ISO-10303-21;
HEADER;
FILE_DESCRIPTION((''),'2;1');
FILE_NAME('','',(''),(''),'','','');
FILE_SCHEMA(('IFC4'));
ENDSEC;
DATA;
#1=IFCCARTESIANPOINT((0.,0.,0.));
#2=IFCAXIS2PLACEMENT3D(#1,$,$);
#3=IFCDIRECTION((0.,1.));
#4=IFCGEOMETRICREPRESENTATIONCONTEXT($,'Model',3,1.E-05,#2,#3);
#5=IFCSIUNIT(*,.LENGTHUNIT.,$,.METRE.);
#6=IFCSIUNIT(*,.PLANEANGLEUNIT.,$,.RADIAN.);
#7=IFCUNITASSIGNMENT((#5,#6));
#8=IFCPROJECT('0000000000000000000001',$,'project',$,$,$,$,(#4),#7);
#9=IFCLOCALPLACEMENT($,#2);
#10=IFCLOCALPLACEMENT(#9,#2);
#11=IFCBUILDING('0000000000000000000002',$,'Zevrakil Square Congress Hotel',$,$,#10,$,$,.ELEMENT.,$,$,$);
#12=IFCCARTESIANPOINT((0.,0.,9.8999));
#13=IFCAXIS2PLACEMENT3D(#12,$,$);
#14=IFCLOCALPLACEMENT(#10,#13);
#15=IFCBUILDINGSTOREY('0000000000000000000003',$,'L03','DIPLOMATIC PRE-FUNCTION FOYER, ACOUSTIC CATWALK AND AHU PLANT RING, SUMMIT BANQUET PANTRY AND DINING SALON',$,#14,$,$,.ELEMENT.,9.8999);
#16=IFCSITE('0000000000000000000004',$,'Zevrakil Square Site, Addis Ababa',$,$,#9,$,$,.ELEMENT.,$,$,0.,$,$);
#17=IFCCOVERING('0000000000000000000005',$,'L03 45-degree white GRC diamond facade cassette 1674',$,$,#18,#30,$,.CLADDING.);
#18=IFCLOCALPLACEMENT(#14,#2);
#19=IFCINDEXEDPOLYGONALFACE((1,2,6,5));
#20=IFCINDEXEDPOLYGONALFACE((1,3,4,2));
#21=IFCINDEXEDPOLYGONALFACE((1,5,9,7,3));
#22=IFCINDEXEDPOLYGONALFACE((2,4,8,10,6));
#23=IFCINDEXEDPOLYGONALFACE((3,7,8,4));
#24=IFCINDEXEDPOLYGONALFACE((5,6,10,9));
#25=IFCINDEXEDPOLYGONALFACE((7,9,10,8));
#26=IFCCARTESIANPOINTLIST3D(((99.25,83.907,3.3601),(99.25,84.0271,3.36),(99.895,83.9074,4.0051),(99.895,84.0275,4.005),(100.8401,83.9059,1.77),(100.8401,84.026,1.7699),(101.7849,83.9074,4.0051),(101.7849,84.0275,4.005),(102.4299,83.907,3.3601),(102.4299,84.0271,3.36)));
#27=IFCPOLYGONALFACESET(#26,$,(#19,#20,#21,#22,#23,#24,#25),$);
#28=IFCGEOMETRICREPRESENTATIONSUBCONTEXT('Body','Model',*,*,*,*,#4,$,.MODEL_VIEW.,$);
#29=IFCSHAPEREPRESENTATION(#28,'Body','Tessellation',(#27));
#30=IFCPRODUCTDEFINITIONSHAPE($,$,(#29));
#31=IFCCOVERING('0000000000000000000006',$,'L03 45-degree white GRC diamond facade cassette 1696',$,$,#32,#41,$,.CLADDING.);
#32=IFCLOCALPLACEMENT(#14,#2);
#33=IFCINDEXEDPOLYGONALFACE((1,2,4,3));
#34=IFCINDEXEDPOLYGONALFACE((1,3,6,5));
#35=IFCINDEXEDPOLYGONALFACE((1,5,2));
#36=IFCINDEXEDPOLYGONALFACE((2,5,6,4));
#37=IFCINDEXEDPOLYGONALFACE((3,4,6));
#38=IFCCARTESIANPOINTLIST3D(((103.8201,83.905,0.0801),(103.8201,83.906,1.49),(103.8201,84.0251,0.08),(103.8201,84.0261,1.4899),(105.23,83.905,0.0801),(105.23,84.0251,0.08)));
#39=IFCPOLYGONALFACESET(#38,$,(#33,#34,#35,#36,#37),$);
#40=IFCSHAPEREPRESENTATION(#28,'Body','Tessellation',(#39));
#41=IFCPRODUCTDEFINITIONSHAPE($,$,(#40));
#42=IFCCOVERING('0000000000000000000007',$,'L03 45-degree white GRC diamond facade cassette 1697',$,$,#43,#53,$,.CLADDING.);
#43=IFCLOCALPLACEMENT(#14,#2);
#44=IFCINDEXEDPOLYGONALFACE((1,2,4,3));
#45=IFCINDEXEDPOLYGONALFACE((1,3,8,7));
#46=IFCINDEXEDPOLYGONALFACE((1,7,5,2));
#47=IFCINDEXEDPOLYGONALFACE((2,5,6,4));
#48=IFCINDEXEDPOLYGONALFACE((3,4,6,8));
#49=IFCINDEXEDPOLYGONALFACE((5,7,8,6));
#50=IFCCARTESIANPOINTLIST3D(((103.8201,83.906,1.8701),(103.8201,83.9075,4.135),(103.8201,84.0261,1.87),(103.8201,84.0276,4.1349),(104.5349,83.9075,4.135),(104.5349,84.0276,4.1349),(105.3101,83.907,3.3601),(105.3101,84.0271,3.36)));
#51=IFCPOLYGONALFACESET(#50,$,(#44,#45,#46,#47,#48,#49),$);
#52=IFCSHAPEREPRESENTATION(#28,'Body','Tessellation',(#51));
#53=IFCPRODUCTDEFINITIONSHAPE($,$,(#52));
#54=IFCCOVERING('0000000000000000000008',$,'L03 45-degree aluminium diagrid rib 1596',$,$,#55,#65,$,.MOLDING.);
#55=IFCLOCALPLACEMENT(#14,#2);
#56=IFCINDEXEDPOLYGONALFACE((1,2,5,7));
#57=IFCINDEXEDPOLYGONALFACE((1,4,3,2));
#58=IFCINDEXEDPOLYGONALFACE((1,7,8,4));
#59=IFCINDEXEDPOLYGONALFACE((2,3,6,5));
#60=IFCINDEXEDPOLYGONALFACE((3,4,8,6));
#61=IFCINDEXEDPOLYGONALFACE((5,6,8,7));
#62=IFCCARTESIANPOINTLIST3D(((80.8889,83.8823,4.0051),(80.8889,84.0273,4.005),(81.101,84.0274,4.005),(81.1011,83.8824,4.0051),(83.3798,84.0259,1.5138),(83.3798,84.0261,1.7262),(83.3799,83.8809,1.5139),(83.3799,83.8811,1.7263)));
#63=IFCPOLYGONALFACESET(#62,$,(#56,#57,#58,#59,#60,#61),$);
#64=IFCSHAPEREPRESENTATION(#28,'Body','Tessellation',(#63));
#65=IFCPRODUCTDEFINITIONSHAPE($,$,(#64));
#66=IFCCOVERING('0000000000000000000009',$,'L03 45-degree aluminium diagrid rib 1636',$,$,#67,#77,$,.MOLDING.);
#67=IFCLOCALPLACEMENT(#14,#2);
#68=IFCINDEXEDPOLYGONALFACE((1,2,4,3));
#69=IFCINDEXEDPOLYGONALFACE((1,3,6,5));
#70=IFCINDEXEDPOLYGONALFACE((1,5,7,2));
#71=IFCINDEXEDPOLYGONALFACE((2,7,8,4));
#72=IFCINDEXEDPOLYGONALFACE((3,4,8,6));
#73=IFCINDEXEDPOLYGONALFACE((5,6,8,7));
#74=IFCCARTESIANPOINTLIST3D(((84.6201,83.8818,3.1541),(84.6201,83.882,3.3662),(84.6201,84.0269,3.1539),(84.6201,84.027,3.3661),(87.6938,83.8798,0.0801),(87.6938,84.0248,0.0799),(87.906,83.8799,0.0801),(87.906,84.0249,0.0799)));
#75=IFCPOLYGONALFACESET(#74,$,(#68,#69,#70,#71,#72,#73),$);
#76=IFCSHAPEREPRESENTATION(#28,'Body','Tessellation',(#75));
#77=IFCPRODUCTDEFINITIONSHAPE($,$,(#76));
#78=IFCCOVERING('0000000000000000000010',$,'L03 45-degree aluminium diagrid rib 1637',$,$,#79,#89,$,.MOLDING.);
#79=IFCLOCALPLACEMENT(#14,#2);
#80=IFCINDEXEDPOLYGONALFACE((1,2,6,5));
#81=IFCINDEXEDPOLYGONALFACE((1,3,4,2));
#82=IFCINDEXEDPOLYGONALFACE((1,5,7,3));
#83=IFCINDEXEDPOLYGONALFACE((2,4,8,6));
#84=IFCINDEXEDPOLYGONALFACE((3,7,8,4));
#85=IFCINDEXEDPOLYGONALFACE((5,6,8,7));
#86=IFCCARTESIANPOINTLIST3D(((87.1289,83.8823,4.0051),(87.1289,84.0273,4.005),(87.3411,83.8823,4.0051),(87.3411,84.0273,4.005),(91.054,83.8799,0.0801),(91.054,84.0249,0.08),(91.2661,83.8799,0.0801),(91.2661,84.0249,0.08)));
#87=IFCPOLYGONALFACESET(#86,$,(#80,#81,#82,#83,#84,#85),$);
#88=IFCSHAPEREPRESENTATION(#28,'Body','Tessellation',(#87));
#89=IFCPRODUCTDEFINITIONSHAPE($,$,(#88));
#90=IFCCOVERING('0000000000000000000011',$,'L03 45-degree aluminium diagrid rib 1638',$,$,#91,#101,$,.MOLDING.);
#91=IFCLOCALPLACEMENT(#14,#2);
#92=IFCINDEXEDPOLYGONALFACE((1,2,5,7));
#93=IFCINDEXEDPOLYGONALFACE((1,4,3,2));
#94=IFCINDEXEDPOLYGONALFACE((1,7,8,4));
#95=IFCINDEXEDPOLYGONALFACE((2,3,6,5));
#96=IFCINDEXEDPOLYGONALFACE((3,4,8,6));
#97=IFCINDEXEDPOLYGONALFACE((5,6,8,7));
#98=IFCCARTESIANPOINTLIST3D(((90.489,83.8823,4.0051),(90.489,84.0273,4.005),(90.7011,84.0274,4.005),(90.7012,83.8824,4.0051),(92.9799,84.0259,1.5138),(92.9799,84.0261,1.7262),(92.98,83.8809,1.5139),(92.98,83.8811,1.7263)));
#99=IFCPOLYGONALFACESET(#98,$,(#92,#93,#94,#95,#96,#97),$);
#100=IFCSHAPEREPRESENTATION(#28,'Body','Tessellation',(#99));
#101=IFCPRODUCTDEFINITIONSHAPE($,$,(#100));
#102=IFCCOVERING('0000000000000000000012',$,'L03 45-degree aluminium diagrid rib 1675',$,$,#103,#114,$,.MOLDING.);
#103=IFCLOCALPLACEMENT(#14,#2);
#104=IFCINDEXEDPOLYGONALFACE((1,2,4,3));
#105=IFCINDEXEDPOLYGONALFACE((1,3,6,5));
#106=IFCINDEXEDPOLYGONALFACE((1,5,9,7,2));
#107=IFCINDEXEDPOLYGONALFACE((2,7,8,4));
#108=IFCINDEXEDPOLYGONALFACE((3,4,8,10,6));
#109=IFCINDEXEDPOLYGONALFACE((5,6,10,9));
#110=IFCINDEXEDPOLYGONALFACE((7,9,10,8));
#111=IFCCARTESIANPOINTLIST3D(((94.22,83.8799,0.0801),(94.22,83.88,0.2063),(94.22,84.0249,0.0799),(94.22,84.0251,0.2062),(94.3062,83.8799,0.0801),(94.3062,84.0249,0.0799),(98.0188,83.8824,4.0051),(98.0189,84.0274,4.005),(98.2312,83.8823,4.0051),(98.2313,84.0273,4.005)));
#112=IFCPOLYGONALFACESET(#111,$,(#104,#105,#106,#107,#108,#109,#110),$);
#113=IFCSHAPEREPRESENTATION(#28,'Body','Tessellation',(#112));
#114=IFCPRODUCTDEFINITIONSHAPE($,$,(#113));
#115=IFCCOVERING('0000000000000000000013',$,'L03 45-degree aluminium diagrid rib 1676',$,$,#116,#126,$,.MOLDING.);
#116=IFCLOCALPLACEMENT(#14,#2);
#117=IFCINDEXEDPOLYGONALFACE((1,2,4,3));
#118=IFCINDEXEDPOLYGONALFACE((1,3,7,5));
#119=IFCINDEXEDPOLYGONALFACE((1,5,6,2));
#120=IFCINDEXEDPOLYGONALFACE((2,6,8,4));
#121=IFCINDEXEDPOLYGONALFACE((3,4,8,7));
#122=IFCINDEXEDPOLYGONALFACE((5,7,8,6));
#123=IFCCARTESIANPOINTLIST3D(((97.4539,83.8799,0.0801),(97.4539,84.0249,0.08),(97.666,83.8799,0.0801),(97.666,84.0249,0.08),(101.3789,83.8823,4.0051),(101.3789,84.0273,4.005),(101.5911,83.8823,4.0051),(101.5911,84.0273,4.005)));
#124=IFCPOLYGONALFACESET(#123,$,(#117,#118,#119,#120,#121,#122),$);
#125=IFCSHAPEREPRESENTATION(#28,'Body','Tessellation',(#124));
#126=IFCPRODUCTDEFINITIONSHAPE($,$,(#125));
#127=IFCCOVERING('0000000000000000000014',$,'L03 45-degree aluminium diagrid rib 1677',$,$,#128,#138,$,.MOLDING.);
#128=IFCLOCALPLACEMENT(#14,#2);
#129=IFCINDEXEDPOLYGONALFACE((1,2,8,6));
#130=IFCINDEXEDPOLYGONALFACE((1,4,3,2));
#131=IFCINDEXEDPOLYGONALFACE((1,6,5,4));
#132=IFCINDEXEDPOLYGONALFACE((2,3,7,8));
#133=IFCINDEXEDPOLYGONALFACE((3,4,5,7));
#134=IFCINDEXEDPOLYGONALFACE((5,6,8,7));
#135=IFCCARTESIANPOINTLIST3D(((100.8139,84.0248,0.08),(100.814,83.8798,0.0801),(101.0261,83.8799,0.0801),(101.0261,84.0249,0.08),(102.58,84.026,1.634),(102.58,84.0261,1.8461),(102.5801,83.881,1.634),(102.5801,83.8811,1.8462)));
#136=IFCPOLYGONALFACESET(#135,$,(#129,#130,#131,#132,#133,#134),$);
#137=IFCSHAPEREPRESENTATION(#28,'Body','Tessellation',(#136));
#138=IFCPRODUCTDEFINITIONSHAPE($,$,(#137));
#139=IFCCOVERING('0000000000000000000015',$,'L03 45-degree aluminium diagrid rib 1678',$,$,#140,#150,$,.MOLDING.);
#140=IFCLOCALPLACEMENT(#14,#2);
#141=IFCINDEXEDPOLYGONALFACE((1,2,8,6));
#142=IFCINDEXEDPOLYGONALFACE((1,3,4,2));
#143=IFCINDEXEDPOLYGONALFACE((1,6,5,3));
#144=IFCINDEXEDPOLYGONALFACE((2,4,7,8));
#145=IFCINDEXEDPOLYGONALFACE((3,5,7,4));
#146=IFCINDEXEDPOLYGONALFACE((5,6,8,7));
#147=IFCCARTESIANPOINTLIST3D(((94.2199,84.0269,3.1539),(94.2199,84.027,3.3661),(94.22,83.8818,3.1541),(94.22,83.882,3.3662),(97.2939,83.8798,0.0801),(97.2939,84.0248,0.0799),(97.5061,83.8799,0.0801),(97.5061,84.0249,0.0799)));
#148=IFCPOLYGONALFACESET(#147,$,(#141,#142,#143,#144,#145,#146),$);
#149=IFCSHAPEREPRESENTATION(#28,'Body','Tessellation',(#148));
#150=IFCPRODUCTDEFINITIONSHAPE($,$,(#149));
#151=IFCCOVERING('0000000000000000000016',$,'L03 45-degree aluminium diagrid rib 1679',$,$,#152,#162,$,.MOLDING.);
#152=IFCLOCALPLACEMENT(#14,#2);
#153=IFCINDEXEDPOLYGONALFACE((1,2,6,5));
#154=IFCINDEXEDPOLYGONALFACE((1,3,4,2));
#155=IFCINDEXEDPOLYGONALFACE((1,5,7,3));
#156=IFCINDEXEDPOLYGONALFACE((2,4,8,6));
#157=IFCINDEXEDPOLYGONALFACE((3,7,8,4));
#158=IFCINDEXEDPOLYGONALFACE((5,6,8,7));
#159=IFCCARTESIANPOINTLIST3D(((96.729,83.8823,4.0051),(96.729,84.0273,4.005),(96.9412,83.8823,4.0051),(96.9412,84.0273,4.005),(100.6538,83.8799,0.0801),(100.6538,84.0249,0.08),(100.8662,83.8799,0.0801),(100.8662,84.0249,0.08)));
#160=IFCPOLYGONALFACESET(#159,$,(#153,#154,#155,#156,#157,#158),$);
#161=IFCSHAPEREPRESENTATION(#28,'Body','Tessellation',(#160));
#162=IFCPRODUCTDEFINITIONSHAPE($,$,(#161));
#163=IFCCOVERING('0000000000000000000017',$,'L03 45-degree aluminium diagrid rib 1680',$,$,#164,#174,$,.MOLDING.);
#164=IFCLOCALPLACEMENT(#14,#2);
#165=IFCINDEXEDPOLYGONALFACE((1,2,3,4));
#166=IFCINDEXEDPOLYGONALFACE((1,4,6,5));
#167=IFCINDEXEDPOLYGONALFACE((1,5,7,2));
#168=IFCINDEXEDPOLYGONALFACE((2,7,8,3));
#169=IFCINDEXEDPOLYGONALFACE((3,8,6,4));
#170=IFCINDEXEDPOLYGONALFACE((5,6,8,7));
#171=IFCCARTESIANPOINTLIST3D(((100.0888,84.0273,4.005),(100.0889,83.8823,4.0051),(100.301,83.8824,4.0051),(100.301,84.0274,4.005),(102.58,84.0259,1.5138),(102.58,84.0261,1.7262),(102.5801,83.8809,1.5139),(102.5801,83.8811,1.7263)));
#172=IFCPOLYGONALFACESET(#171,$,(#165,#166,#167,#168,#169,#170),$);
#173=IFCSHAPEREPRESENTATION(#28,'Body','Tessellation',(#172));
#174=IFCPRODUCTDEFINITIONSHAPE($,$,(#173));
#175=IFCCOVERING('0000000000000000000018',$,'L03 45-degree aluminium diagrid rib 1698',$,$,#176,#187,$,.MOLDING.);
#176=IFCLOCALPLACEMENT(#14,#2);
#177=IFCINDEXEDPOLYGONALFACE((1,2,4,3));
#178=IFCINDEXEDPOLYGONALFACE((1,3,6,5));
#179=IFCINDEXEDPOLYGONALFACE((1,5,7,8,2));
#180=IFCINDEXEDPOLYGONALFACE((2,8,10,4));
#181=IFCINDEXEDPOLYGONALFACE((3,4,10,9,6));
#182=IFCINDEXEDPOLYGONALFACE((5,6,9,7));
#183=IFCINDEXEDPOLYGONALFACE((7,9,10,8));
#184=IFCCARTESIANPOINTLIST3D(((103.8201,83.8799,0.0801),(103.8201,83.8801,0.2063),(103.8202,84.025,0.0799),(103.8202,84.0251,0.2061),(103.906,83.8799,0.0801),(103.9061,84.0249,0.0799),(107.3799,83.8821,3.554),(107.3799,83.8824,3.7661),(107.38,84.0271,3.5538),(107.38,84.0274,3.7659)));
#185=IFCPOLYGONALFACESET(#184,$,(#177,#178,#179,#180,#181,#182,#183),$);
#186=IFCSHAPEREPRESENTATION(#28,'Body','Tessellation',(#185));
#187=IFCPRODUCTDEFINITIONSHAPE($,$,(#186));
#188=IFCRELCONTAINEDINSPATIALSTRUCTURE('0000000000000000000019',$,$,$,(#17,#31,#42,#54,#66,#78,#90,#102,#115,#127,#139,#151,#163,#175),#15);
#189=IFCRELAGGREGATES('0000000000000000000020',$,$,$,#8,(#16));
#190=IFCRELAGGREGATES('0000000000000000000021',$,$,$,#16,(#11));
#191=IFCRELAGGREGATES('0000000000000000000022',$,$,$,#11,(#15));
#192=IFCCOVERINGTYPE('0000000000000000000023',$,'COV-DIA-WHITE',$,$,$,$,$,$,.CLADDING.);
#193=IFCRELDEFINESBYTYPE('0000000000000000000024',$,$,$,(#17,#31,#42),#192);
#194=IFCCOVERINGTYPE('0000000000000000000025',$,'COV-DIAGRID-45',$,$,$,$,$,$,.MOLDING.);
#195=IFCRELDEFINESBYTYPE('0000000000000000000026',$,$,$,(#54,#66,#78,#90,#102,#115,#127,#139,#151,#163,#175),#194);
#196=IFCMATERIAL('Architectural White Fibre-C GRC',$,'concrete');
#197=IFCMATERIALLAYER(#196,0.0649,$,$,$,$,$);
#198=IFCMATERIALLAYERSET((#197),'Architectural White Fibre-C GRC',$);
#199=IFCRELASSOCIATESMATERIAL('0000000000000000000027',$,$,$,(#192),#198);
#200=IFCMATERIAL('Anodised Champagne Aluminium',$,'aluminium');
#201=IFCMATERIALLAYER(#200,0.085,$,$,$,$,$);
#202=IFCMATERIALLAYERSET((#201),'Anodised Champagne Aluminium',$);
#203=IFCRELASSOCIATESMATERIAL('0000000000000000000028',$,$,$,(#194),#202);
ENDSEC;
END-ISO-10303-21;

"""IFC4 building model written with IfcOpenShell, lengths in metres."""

from ifc_helpers import new_model, si_unit, direction, frame, origin, place, context, subcontext, project, spatial, polyline, outline, extrude, material, layer, layer_set, type_object, element, save


model = new_model("IFC4")

# Units and contexts
model_context = context("Model", 3, precision=1e-05, world=origin(), true_north=direction((0.0, 1.0)))
body_context = subcontext(model_context, "Body", "Model", "MODEL_VIEW")
ifc_project = project(units=[si_unit("LENGTHUNIT", "METRE"), si_unit("PLANEANGLEUNIT", "RADIAN")], contexts=[model_context])

# Site, building, storey
site_placement = place(None, origin())
site = spatial("IfcSite", under=ifc_project, at=site_placement, Name="Zevrakil Square Site, Addis Ababa", CompositionType="ELEMENT", RefElevation=0.0)
building_placement = place(site_placement, origin())
building = spatial("IfcBuilding", under=site, at=building_placement, Name="Zevrakil Square Congress Hotel", CompositionType="ELEMENT")
storey_placement = place(building_placement, frame((0.0, 0.0, 9.8999)))
storey = spatial("IfcBuildingStorey", under=building, at=storey_placement, Name="L03", Description="DIPLOMATIC PRE-FUNCTION FOYER, ACOUSTIC CATWALK AND AHU PLANT RING, SUMMIT BANQUET PANTRY AND DINING SALON", CompositionType="ELEMENT", Elevation=9.8999)

# Coverings
ifc_material_1 = material(Name="Architectural White Fibre-C GRC", Category="concrete")
ifc_layer_1 = layer(ifc_material_1, 0.0649)
ifc_layer_set_1 = layer_set([ifc_layer_1], Name="Architectural White Fibre-C GRC")
covering_type_1 = type_object("IfcCoveringType", Name="COV-DIA-WHITE", PredefinedType="CLADDING", material=ifc_layer_set_1)
covering_1_placement = place(storey_placement, frame((102.4299, 83.907, 3.3601), z_axis=(0.0, -1.0, 0.00067), x_axis=(-0.707052, -0.000474, -0.707161)))
element("IfcCovering", 1, at=covering_1_placement, inside=storey, type_object=covering_type_1, Name="L03 45-degree white GRC diamond facade cassette 1674", PredefinedType="CLADDING", context=body_context, shape_type="SweptSolid", body=[
    extrude(outline(polyline([(0.0, 0.0), (2.2486, 0.0), (2.2484, -2.2487), (1.3362, -2.2487), (-0.0001, -0.9122), (0.0, 0.0)])), origin(), (0.0, 0.0, -1.0), 0.1201),
])
covering_2_placement = place(storey_placement, frame((105.23, 83.905, 0.0801), z_axis=(0.0, -1.0, 0.000693), x_axis=(-1.0, 0.0, 0.0)))
element("IfcCovering", 2, at=covering_2_placement, inside=storey, type_object=covering_type_1, Name="L03 45-degree white GRC diamond facade cassette 1696", PredefinedType="CLADDING", context=body_context, shape_type="SweptSolid", body=[
    extrude(outline(polyline([(0.0, 0.0), (1.4099, 0.0), (1.4099, -1.4099), (0.0, 0.0)])), origin(), (0.0, 0.0, -1.0), 0.1201),
])
covering_3_placement = place(storey_placement, frame((105.3101, 83.907, 3.3601), z_axis=(0.000007, -1.0, 0.000644), x_axis=(-0.707107, -0.000461, -0.707107)))
element("IfcCovering", 3, at=covering_3_placement, inside=storey, type_object=covering_type_1, Name="L03 45-degree white GRC diamond facade cassette 1697", PredefinedType="CLADDING", context=body_context, shape_type="SweptSolid", body=[
    extrude(outline(polyline([(0.0, 0.0), (2.1072, 0.0), (0.5056, -1.6015), (0.0002, -1.0961), (0.0, 0.0)])), origin(), (0.0, 0.0, -1.0), 0.1201),
])
ifc_material_2 = material(Name="Anodised Champagne Aluminium", Category="aluminium")
ifc_layer_2 = layer(ifc_material_2, 0.085)
ifc_layer_set_2 = layer_set([ifc_layer_2], Name="Anodised Champagne Aluminium")
covering_type_2 = type_object("IfcCoveringType", Name="COV-DIAGRID-45", PredefinedType="MOLDING", material=ifc_layer_set_2)
covering_4_placement = place(storey_placement, frame((80.8889, 83.8823, 4.0051), z_axis=(0.000293, -1.0, 0.000856), x_axis=(1.0, 0.000293, 0.0)))
element("IfcCovering", 4, at=covering_4_placement, inside=storey, type_object=covering_type_2, Name="L03 45-degree aluminium diagrid rib 1596", PredefinedType="MOLDING", context=body_context, shape_type="SweptSolid", body=[
    extrude(outline(polyline([(0.0, 0.0), (0.2122, 0.0), (2.491, -2.2788), (2.491, -2.4912), (0.0, 0.0)])), origin(), (0.0, 0.0, -1.0), 0.145),
])
covering_5_placement = place(storey_placement, frame((84.6201, 83.8818, 3.1541), z_axis=(0.000249, -1.0, 0.000902), x_axis=(0.0, 0.000902, 1.0)))
element("IfcCovering", 5, at=covering_5_placement, inside=storey, type_object=covering_type_2, Name="L03 45-degree aluminium diagrid rib 1636", PredefinedType="MOLDING", context=body_context, shape_type="SweptSolid", body=[
    extrude(outline(polyline([(0.0, 0.0), (0.2122, 0.0), (-3.074, -3.2859), (-3.074, -3.0737), (0.0, 0.0)])), origin(), (0.0, 0.0, -1.0), 0.145),
])
covering_6_placement = place(storey_placement, frame((87.1289, 83.8823, 4.0051), z_axis=(0.0, -1.0, 0.000622), x_axis=(1.0, 0.0, 0.0)))
element("IfcCovering", 6, at=covering_6_placement, inside=storey, type_object=covering_type_2, Name="L03 45-degree aluminium diagrid rib 1637", PredefinedType="MOLDING", context=body_context, shape_type="SweptSolid", body=[
    extrude(outline(polyline([(0.0, 0.0), (0.2122, 0.0), (4.1372, -3.925), (3.925, -3.925), (0.0, 0.0)])), origin(), (0.0, 0.0, -1.0), 0.145),
])
covering_7_placement = place(storey_placement, frame((90.489, 83.8823, 4.0051), z_axis=(0.000293, -1.0, 0.000856), x_axis=(1.0, 0.000293, 0.0)))
element("IfcCovering", 7, at=covering_7_placement, inside=storey, type_object=covering_type_2, Name="L03 45-degree aluminium diagrid rib 1638", PredefinedType="MOLDING", context=body_context, shape_type="SweptSolid", body=[
    extrude(outline(polyline([(0.0, 0.0), (0.2122, 0.0), (2.491, -2.2788), (2.491, -2.4912), (0.0, 0.0)])), origin(), (0.0, 0.0, -1.0), 0.145),
])
covering_8_placement = place(storey_placement, frame((94.3062, 83.8799, 0.0801), z_axis=(-0.000394, -0.999999, 0.001003), x_axis=(-1.0, 0.000394, 0.0)))
element("IfcCovering", 8, at=covering_8_placement, inside=storey, type_object=covering_type_2, Name="L03 45-degree aluminium diagrid rib 1675", PredefinedType="MOLDING", context=body_context, shape_type="SweptSolid", body=[
    extrude(outline(polyline([(0.0, 0.0), (0.0862, 0.0), (0.0862, -0.1262), (-3.7126, -3.925), (-3.925, -3.925), (0.0, 0.0)])), origin(), (0.0, 0.0, -1.0), 0.145),
])
covering_9_placement = place(storey_placement, frame((97.666, 83.8799, 0.0801), z_axis=(0.0, -1.0, 0.000622), x_axis=(-1.0, 0.0, 0.0)))
element("IfcCovering", 9, at=covering_9_placement, inside=storey, type_object=covering_type_2, Name="L03 45-degree aluminium diagrid rib 1676", PredefinedType="MOLDING", context=body_context, shape_type="SweptSolid", body=[
    extrude(outline(polyline([(0.0, 0.0), (0.2122, 0.0), (-3.7129, -3.925), (-3.925, -3.925), (0.0, 0.0)])), origin(), (0.0, 0.0, -1.0), 0.145),
])
covering_10_placement = place(storey_placement, frame((101.0261, 83.8799, 0.0801), z_axis=(0.000368, -1.0, 0.000368), x_axis=(-1.0, -0.000368, 0.0)))
element("IfcCovering", 10, at=covering_10_placement, inside=storey, type_object=covering_type_2, Name="L03 45-degree aluminium diagrid rib 1677", PredefinedType="MOLDING", context=body_context, shape_type="SweptSolid", body=[
    extrude(outline(polyline([(0.0, 0.0), (0.2122, 0.0), (-1.554, -1.7661), (-1.554, -1.554), (0.0, 0.0)])), origin(), (0.0, 0.0, -1.0), 0.145),
])
covering_11_placement = place(storey_placement, frame((94.22, 83.8818, 3.1541), z_axis=(0.000249, -1.0, 0.000902), x_axis=(0.0, 0.000902, 1.0)))
element("IfcCovering", 11, at=covering_11_placement, inside=storey, type_object=covering_type_2, Name="L03 45-degree aluminium diagrid rib 1678", PredefinedType="MOLDING", context=body_context, shape_type="SweptSolid", body=[
    extrude(outline(polyline([(0.0, 0.0), (0.2122, 0.0), (-3.074, -3.2861), (-3.074, -3.074), (0.0, 0.0)])), origin(), (0.0, 0.0, -1.0), 0.145),
])
covering_12_placement = place(storey_placement, frame((96.729, 83.8823, 4.0051), z_axis=(0.0, -1.0, 0.000622), x_axis=(1.0, 0.0, 0.0)))
element("IfcCovering", 12, at=covering_12_placement, inside=storey, type_object=covering_type_2, Name="L03 45-degree aluminium diagrid rib 1679", PredefinedType="MOLDING", context=body_context, shape_type="SweptSolid", body=[
    extrude(outline(polyline([(0.0, 0.0), (0.2122, 0.0), (4.1372, -3.925), (3.9248, -3.925), (0.0, 0.0)])), origin(), (0.0, 0.0, -1.0), 0.145),
])
covering_13_placement = place(storey_placement, frame((100.0889, 83.8823, 4.0051), z_axis=(0.000293, -1.0, 0.000856), x_axis=(1.0, 0.000293, 0.0)))
element("IfcCovering", 13, at=covering_13_placement, inside=storey, type_object=covering_type_2, Name="L03 45-degree aluminium diagrid rib 1680", PredefinedType="MOLDING", context=body_context, shape_type="SweptSolid", body=[
    extrude(outline(polyline([(0.0, 0.0), (0.2122, 0.0), (2.4912, -2.2788), (2.4912, -2.4912), (0.0, 0.0)])), origin(), (0.0, 0.0, -1.0), 0.145),
])
covering_14_placement = place(storey_placement, frame((103.906, 83.8799, 0.0801), z_axis=(-0.000648, -0.999999, 0.001282), x_axis=(-1.0, 0.000648, -0.000001)))
element("IfcCovering", 14, at=covering_14_placement, inside=storey, type_object=covering_type_2, Name="L03 45-degree aluminium diagrid rib 1698", PredefinedType="MOLDING", context=body_context, shape_type="SweptSolid", body=[
    extrude(outline(polyline([(0.0, 0.0), (0.0859, 0.0), (0.0859, -0.1262), (-3.4739, -3.686), (-3.4739, -3.4739), (0.0, 0.0)])), origin(), (0.0, 0.0, -1.0), 0.145),
])

save(model, "model.ifc")
